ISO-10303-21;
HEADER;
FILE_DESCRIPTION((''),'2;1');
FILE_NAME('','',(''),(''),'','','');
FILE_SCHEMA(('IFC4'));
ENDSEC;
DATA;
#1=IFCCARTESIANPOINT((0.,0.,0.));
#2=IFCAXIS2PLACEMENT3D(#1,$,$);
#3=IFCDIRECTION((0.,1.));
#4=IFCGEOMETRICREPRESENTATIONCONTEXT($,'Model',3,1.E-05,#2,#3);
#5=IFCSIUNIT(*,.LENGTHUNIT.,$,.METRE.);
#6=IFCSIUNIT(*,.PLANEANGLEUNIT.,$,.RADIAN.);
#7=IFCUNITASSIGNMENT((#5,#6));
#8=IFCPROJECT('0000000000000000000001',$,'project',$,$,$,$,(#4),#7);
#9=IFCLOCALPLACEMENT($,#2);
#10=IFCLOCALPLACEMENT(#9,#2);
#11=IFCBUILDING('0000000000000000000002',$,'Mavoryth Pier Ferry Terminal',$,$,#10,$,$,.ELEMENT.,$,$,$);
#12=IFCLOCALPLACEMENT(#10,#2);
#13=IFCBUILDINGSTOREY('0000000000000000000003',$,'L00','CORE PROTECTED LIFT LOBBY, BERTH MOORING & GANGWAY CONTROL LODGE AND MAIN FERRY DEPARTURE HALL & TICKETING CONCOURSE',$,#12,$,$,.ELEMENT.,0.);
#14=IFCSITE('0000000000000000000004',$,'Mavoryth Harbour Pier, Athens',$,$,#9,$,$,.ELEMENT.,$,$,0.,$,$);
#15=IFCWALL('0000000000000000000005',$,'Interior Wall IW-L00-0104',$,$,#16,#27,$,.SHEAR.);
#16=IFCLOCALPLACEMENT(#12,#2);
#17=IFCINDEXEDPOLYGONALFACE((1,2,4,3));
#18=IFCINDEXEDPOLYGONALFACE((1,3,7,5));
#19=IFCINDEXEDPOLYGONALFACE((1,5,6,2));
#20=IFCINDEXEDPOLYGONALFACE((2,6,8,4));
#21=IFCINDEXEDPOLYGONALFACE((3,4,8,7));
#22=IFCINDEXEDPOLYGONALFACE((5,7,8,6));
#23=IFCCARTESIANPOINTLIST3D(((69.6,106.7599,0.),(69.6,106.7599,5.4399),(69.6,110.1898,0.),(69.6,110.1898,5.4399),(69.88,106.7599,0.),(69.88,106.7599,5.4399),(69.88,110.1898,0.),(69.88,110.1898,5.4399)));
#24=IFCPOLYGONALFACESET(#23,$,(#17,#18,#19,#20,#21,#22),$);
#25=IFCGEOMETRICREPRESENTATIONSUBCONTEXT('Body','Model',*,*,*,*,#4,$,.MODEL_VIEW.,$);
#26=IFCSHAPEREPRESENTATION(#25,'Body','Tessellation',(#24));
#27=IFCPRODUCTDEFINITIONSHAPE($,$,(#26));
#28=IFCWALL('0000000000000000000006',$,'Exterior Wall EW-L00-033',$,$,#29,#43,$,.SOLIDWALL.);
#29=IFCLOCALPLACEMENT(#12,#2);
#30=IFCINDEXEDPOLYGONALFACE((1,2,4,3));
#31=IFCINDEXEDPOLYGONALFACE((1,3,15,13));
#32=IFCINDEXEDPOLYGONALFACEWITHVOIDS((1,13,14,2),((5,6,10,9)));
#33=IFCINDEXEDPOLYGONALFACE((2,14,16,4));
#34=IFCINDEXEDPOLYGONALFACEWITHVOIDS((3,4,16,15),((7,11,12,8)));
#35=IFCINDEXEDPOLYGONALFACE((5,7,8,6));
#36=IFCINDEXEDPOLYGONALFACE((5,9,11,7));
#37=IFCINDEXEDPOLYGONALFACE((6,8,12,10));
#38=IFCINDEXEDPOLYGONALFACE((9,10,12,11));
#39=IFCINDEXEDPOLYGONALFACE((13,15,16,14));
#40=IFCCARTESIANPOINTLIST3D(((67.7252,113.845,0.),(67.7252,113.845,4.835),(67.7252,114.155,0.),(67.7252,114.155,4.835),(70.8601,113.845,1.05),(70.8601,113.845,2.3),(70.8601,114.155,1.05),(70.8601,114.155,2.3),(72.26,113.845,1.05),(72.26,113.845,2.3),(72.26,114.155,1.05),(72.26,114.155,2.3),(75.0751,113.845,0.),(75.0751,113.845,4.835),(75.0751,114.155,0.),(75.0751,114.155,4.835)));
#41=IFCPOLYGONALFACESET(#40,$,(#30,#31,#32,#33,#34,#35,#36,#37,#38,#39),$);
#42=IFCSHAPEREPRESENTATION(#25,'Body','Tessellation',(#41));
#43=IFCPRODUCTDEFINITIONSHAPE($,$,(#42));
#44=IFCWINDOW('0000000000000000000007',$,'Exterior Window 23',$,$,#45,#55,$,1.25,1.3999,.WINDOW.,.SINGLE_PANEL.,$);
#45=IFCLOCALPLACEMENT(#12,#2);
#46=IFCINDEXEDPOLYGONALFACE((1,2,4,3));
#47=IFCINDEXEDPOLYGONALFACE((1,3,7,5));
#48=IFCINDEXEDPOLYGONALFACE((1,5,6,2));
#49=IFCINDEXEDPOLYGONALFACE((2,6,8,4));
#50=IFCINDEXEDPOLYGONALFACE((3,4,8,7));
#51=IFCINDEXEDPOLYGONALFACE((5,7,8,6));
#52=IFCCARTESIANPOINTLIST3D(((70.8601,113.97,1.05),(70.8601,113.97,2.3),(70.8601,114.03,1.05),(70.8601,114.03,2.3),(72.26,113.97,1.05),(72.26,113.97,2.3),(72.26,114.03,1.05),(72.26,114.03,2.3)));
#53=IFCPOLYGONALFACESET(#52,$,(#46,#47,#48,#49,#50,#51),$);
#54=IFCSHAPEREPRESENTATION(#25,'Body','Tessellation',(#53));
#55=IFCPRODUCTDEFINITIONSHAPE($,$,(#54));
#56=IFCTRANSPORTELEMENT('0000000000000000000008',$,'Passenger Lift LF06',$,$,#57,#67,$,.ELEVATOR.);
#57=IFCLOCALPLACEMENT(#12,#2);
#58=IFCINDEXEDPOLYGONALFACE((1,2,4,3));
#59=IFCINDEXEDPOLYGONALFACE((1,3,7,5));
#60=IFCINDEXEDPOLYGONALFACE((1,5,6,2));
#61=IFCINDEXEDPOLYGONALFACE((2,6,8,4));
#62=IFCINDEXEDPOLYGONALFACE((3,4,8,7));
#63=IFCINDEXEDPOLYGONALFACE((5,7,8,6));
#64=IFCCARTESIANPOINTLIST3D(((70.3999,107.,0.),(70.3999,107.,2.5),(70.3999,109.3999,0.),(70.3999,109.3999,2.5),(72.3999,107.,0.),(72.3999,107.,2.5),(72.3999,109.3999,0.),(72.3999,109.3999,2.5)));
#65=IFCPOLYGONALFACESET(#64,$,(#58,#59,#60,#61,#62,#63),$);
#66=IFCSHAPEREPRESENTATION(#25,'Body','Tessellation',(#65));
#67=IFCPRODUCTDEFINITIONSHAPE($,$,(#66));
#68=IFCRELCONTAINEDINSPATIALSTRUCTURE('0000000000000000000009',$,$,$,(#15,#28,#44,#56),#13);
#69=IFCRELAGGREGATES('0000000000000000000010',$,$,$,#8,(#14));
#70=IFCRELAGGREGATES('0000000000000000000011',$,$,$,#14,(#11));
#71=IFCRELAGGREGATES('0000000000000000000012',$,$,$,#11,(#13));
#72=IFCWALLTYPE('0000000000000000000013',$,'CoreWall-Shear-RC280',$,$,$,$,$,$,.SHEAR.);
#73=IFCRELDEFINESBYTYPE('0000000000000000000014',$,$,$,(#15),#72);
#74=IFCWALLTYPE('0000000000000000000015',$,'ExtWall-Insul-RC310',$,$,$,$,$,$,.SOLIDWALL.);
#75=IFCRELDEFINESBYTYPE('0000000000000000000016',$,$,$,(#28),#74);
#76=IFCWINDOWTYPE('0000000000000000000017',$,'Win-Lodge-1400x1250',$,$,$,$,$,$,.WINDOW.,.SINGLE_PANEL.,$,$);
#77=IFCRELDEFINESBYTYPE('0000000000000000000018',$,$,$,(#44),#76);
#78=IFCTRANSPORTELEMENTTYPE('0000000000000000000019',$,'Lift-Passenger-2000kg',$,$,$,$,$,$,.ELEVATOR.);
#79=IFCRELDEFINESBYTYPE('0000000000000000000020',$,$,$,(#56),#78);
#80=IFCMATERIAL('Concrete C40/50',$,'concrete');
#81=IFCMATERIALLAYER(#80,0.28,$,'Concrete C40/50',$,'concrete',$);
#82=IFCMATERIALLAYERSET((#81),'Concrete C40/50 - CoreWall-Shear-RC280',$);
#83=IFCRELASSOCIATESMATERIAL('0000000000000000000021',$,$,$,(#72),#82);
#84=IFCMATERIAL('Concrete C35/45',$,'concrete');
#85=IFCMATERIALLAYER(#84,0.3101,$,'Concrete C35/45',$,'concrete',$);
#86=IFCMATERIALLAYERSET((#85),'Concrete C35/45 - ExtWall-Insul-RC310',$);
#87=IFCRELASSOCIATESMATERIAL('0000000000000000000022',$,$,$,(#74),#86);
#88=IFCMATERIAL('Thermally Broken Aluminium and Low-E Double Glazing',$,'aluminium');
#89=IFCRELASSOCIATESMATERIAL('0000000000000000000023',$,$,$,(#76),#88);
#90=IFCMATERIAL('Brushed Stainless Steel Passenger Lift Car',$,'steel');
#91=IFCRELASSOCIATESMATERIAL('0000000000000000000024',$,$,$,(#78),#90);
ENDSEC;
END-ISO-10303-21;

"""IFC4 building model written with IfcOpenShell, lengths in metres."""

from ifc_helpers import new_model, si_unit, direction, frame, frame_2d, origin, origin_2d, place, context, subcontext, project, spatial, rectangle, extrude, material, layer, layer_set, type_object, element, fill, save


model = new_model("IFC4")

# Units and contexts
model_context = context("Model", 3, precision=1e-05, world=origin(), true_north=direction((0.0, 1.0)))
body_context = subcontext(model_context, "Body", "Model", "MODEL_VIEW")
ifc_project = project(units=[si_unit("LENGTHUNIT", "METRE"), si_unit("PLANEANGLEUNIT", "RADIAN")], contexts=[model_context])

# Site, building, storey
site_placement = place(None, origin())
site = spatial("IfcSite", under=ifc_project, at=site_placement, Name="Mavoryth Harbour Pier, Athens", CompositionType="ELEMENT", RefElevation=0.0)
building_placement = place(site_placement, origin())
building = spatial("IfcBuilding", under=site, at=building_placement, Name="Mavoryth Pier Ferry Terminal", CompositionType="ELEMENT")
storey_placement = place(building_placement, origin())
storey = spatial("IfcBuildingStorey", under=building, at=storey_placement, Name="L00", Description="CORE PROTECTED LIFT LOBBY, BERTH MOORING & GANGWAY CONTROL LODGE AND MAIN FERRY DEPARTURE HALL & TICKETING CONCOURSE", CompositionType="ELEMENT", Elevation=0.0)

# Shared definitions
ifc_material_1 = material(Name="Concrete C35/45", Category="concrete")

# Shared definitions
ifc_material_2 = material(Name="Concrete C40/50", Category="concrete")

# Wall
ifc_layer_1 = layer(ifc_material_2, 0.28, Name="Concrete C40/50", Category="concrete")
ifc_layer_set_1 = layer_set([ifc_layer_1], Name="Concrete C40/50 - CoreWall-Shear-RC280")
wall_type_1 = type_object("IfcWallType", Name="CoreWall-Shear-RC280", PredefinedType="SHEAR", material=ifc_layer_set_1)
wall_1_placement = place(storey_placement, frame((69.74, 106.76, 0.0), z_axis=(0.0, 0.0, 1.0), x_axis=(0.0, 1.0, 0.0)))
element("IfcWall", 1, at=wall_1_placement, inside=storey, type_object=wall_type_1, Name="Interior Wall IW-L00-0104", PredefinedType="SHEAR", context=body_context, shape_type="SweptSolid", body=[
    extrude(rectangle(XDim=3.4299, YDim=0.28, at=frame_2d((1.7148, 0.0))), origin(), (0.0, 0.0, 1.0), 5.4399),
])

# Wall, opening, window
ifc_layer_2 = layer(ifc_material_1, 0.3101, Name="Concrete C35/45", Category="concrete")
ifc_layer_set_2 = layer_set([ifc_layer_2], Name="Concrete C35/45 - ExtWall-Insul-RC310")
wall_type_2 = type_object("IfcWallType", Name="ExtWall-Insul-RC310", PredefinedType="SOLIDWALL", material=ifc_layer_set_2)
wall_2_placement = place(storey_placement, frame((75.075, 114.0, 0.0), z_axis=(0.0, 0.0, 1.0), x_axis=(-1.0, 0.0, 0.0)))
wall_2 = element("IfcWall", 2, at=wall_2_placement, inside=storey, type_object=wall_type_2, Name="Exterior Wall EW-L00-033", PredefinedType="SOLIDWALL", context=body_context, shape_type="SweptSolid", body=[
    extrude(rectangle(XDim=7.3499, YDim=0.3101, at=frame_2d((3.6748, 0.0))), origin(), (0.0, 0.0, 1.0), 4.835),
])
opening_1_placement = place(wall_2_placement, frame((2.8149, 0.0, 1.05)))
opening_1 = element("IfcOpeningElement", 3, at=opening_1_placement, cuts=wall_2, PredefinedType="OPENING", context=body_context, shape_type="SweptSolid", body=[
    extrude(rectangle(XDim=1.3999, YDim=1.25, at=frame_2d((0.7, 0.625))), frame((0.0, 0.165, 0.0), z_axis=(0.0, -1.0, 0.0), x_axis=(1.0, 0.0, 0.0)), (0.0, 0.0, 1.0), 0.3301),
])
ifc_material_3 = material(Name="Thermally Broken Aluminium and Low-E Double Glazing", Category="aluminium")
window_type = type_object("IfcWindowType", Name="Win-Lodge-1400x1250", PartitioningType="SINGLE_PANEL", PredefinedType="WINDOW", material=ifc_material_3)
window_placement = place(opening_1_placement, origin())
window = element("IfcWindow", 4, at=window_placement, inside=storey, type_object=window_type, Name="Exterior Window 23", OverallHeight=1.25, OverallWidth=1.3999, PartitioningType="SINGLE_PANEL", PredefinedType="WINDOW", context=body_context, shape_type="SweptSolid", body=[
    extrude(rectangle(XDim=1.3999, YDim=1.25, at=frame_2d((0.7, 0.625))), frame((0.0, 0.03, 0.0), z_axis=(0.0, -1.0, 0.0), x_axis=(1.0, 0.0, 0.0)), (0.0, 0.0, 1.0), 0.0601),
])
fill(opening_1, window)

# Transport element
ifc_material_4 = material(Name="Brushed Stainless Steel Passenger Lift Car", Category="steel")
transport_element_type = type_object("IfcTransportElementType", Name="Lift-Passenger-2000kg", PredefinedType="ELEVATOR", material=ifc_material_4)
transport_element_placement = place(storey_placement, frame((71.3999, 108.2, 0.0), z_axis=(0.0, 0.0, 1.0), x_axis=(1.0, 0.0, 0.0)))
element("IfcTransportElement", 5, at=transport_element_placement, inside=storey, type_object=transport_element_type, Name="Passenger Lift LF06", PredefinedType="ELEVATOR", context=body_context, shape_type="SweptSolid", body=[
    extrude(rectangle(XDim=2.0, YDim=2.3999, at=origin_2d()), origin(), (0.0, 0.0, 1.0), 2.5),
])

save(model, "model.ifc")
